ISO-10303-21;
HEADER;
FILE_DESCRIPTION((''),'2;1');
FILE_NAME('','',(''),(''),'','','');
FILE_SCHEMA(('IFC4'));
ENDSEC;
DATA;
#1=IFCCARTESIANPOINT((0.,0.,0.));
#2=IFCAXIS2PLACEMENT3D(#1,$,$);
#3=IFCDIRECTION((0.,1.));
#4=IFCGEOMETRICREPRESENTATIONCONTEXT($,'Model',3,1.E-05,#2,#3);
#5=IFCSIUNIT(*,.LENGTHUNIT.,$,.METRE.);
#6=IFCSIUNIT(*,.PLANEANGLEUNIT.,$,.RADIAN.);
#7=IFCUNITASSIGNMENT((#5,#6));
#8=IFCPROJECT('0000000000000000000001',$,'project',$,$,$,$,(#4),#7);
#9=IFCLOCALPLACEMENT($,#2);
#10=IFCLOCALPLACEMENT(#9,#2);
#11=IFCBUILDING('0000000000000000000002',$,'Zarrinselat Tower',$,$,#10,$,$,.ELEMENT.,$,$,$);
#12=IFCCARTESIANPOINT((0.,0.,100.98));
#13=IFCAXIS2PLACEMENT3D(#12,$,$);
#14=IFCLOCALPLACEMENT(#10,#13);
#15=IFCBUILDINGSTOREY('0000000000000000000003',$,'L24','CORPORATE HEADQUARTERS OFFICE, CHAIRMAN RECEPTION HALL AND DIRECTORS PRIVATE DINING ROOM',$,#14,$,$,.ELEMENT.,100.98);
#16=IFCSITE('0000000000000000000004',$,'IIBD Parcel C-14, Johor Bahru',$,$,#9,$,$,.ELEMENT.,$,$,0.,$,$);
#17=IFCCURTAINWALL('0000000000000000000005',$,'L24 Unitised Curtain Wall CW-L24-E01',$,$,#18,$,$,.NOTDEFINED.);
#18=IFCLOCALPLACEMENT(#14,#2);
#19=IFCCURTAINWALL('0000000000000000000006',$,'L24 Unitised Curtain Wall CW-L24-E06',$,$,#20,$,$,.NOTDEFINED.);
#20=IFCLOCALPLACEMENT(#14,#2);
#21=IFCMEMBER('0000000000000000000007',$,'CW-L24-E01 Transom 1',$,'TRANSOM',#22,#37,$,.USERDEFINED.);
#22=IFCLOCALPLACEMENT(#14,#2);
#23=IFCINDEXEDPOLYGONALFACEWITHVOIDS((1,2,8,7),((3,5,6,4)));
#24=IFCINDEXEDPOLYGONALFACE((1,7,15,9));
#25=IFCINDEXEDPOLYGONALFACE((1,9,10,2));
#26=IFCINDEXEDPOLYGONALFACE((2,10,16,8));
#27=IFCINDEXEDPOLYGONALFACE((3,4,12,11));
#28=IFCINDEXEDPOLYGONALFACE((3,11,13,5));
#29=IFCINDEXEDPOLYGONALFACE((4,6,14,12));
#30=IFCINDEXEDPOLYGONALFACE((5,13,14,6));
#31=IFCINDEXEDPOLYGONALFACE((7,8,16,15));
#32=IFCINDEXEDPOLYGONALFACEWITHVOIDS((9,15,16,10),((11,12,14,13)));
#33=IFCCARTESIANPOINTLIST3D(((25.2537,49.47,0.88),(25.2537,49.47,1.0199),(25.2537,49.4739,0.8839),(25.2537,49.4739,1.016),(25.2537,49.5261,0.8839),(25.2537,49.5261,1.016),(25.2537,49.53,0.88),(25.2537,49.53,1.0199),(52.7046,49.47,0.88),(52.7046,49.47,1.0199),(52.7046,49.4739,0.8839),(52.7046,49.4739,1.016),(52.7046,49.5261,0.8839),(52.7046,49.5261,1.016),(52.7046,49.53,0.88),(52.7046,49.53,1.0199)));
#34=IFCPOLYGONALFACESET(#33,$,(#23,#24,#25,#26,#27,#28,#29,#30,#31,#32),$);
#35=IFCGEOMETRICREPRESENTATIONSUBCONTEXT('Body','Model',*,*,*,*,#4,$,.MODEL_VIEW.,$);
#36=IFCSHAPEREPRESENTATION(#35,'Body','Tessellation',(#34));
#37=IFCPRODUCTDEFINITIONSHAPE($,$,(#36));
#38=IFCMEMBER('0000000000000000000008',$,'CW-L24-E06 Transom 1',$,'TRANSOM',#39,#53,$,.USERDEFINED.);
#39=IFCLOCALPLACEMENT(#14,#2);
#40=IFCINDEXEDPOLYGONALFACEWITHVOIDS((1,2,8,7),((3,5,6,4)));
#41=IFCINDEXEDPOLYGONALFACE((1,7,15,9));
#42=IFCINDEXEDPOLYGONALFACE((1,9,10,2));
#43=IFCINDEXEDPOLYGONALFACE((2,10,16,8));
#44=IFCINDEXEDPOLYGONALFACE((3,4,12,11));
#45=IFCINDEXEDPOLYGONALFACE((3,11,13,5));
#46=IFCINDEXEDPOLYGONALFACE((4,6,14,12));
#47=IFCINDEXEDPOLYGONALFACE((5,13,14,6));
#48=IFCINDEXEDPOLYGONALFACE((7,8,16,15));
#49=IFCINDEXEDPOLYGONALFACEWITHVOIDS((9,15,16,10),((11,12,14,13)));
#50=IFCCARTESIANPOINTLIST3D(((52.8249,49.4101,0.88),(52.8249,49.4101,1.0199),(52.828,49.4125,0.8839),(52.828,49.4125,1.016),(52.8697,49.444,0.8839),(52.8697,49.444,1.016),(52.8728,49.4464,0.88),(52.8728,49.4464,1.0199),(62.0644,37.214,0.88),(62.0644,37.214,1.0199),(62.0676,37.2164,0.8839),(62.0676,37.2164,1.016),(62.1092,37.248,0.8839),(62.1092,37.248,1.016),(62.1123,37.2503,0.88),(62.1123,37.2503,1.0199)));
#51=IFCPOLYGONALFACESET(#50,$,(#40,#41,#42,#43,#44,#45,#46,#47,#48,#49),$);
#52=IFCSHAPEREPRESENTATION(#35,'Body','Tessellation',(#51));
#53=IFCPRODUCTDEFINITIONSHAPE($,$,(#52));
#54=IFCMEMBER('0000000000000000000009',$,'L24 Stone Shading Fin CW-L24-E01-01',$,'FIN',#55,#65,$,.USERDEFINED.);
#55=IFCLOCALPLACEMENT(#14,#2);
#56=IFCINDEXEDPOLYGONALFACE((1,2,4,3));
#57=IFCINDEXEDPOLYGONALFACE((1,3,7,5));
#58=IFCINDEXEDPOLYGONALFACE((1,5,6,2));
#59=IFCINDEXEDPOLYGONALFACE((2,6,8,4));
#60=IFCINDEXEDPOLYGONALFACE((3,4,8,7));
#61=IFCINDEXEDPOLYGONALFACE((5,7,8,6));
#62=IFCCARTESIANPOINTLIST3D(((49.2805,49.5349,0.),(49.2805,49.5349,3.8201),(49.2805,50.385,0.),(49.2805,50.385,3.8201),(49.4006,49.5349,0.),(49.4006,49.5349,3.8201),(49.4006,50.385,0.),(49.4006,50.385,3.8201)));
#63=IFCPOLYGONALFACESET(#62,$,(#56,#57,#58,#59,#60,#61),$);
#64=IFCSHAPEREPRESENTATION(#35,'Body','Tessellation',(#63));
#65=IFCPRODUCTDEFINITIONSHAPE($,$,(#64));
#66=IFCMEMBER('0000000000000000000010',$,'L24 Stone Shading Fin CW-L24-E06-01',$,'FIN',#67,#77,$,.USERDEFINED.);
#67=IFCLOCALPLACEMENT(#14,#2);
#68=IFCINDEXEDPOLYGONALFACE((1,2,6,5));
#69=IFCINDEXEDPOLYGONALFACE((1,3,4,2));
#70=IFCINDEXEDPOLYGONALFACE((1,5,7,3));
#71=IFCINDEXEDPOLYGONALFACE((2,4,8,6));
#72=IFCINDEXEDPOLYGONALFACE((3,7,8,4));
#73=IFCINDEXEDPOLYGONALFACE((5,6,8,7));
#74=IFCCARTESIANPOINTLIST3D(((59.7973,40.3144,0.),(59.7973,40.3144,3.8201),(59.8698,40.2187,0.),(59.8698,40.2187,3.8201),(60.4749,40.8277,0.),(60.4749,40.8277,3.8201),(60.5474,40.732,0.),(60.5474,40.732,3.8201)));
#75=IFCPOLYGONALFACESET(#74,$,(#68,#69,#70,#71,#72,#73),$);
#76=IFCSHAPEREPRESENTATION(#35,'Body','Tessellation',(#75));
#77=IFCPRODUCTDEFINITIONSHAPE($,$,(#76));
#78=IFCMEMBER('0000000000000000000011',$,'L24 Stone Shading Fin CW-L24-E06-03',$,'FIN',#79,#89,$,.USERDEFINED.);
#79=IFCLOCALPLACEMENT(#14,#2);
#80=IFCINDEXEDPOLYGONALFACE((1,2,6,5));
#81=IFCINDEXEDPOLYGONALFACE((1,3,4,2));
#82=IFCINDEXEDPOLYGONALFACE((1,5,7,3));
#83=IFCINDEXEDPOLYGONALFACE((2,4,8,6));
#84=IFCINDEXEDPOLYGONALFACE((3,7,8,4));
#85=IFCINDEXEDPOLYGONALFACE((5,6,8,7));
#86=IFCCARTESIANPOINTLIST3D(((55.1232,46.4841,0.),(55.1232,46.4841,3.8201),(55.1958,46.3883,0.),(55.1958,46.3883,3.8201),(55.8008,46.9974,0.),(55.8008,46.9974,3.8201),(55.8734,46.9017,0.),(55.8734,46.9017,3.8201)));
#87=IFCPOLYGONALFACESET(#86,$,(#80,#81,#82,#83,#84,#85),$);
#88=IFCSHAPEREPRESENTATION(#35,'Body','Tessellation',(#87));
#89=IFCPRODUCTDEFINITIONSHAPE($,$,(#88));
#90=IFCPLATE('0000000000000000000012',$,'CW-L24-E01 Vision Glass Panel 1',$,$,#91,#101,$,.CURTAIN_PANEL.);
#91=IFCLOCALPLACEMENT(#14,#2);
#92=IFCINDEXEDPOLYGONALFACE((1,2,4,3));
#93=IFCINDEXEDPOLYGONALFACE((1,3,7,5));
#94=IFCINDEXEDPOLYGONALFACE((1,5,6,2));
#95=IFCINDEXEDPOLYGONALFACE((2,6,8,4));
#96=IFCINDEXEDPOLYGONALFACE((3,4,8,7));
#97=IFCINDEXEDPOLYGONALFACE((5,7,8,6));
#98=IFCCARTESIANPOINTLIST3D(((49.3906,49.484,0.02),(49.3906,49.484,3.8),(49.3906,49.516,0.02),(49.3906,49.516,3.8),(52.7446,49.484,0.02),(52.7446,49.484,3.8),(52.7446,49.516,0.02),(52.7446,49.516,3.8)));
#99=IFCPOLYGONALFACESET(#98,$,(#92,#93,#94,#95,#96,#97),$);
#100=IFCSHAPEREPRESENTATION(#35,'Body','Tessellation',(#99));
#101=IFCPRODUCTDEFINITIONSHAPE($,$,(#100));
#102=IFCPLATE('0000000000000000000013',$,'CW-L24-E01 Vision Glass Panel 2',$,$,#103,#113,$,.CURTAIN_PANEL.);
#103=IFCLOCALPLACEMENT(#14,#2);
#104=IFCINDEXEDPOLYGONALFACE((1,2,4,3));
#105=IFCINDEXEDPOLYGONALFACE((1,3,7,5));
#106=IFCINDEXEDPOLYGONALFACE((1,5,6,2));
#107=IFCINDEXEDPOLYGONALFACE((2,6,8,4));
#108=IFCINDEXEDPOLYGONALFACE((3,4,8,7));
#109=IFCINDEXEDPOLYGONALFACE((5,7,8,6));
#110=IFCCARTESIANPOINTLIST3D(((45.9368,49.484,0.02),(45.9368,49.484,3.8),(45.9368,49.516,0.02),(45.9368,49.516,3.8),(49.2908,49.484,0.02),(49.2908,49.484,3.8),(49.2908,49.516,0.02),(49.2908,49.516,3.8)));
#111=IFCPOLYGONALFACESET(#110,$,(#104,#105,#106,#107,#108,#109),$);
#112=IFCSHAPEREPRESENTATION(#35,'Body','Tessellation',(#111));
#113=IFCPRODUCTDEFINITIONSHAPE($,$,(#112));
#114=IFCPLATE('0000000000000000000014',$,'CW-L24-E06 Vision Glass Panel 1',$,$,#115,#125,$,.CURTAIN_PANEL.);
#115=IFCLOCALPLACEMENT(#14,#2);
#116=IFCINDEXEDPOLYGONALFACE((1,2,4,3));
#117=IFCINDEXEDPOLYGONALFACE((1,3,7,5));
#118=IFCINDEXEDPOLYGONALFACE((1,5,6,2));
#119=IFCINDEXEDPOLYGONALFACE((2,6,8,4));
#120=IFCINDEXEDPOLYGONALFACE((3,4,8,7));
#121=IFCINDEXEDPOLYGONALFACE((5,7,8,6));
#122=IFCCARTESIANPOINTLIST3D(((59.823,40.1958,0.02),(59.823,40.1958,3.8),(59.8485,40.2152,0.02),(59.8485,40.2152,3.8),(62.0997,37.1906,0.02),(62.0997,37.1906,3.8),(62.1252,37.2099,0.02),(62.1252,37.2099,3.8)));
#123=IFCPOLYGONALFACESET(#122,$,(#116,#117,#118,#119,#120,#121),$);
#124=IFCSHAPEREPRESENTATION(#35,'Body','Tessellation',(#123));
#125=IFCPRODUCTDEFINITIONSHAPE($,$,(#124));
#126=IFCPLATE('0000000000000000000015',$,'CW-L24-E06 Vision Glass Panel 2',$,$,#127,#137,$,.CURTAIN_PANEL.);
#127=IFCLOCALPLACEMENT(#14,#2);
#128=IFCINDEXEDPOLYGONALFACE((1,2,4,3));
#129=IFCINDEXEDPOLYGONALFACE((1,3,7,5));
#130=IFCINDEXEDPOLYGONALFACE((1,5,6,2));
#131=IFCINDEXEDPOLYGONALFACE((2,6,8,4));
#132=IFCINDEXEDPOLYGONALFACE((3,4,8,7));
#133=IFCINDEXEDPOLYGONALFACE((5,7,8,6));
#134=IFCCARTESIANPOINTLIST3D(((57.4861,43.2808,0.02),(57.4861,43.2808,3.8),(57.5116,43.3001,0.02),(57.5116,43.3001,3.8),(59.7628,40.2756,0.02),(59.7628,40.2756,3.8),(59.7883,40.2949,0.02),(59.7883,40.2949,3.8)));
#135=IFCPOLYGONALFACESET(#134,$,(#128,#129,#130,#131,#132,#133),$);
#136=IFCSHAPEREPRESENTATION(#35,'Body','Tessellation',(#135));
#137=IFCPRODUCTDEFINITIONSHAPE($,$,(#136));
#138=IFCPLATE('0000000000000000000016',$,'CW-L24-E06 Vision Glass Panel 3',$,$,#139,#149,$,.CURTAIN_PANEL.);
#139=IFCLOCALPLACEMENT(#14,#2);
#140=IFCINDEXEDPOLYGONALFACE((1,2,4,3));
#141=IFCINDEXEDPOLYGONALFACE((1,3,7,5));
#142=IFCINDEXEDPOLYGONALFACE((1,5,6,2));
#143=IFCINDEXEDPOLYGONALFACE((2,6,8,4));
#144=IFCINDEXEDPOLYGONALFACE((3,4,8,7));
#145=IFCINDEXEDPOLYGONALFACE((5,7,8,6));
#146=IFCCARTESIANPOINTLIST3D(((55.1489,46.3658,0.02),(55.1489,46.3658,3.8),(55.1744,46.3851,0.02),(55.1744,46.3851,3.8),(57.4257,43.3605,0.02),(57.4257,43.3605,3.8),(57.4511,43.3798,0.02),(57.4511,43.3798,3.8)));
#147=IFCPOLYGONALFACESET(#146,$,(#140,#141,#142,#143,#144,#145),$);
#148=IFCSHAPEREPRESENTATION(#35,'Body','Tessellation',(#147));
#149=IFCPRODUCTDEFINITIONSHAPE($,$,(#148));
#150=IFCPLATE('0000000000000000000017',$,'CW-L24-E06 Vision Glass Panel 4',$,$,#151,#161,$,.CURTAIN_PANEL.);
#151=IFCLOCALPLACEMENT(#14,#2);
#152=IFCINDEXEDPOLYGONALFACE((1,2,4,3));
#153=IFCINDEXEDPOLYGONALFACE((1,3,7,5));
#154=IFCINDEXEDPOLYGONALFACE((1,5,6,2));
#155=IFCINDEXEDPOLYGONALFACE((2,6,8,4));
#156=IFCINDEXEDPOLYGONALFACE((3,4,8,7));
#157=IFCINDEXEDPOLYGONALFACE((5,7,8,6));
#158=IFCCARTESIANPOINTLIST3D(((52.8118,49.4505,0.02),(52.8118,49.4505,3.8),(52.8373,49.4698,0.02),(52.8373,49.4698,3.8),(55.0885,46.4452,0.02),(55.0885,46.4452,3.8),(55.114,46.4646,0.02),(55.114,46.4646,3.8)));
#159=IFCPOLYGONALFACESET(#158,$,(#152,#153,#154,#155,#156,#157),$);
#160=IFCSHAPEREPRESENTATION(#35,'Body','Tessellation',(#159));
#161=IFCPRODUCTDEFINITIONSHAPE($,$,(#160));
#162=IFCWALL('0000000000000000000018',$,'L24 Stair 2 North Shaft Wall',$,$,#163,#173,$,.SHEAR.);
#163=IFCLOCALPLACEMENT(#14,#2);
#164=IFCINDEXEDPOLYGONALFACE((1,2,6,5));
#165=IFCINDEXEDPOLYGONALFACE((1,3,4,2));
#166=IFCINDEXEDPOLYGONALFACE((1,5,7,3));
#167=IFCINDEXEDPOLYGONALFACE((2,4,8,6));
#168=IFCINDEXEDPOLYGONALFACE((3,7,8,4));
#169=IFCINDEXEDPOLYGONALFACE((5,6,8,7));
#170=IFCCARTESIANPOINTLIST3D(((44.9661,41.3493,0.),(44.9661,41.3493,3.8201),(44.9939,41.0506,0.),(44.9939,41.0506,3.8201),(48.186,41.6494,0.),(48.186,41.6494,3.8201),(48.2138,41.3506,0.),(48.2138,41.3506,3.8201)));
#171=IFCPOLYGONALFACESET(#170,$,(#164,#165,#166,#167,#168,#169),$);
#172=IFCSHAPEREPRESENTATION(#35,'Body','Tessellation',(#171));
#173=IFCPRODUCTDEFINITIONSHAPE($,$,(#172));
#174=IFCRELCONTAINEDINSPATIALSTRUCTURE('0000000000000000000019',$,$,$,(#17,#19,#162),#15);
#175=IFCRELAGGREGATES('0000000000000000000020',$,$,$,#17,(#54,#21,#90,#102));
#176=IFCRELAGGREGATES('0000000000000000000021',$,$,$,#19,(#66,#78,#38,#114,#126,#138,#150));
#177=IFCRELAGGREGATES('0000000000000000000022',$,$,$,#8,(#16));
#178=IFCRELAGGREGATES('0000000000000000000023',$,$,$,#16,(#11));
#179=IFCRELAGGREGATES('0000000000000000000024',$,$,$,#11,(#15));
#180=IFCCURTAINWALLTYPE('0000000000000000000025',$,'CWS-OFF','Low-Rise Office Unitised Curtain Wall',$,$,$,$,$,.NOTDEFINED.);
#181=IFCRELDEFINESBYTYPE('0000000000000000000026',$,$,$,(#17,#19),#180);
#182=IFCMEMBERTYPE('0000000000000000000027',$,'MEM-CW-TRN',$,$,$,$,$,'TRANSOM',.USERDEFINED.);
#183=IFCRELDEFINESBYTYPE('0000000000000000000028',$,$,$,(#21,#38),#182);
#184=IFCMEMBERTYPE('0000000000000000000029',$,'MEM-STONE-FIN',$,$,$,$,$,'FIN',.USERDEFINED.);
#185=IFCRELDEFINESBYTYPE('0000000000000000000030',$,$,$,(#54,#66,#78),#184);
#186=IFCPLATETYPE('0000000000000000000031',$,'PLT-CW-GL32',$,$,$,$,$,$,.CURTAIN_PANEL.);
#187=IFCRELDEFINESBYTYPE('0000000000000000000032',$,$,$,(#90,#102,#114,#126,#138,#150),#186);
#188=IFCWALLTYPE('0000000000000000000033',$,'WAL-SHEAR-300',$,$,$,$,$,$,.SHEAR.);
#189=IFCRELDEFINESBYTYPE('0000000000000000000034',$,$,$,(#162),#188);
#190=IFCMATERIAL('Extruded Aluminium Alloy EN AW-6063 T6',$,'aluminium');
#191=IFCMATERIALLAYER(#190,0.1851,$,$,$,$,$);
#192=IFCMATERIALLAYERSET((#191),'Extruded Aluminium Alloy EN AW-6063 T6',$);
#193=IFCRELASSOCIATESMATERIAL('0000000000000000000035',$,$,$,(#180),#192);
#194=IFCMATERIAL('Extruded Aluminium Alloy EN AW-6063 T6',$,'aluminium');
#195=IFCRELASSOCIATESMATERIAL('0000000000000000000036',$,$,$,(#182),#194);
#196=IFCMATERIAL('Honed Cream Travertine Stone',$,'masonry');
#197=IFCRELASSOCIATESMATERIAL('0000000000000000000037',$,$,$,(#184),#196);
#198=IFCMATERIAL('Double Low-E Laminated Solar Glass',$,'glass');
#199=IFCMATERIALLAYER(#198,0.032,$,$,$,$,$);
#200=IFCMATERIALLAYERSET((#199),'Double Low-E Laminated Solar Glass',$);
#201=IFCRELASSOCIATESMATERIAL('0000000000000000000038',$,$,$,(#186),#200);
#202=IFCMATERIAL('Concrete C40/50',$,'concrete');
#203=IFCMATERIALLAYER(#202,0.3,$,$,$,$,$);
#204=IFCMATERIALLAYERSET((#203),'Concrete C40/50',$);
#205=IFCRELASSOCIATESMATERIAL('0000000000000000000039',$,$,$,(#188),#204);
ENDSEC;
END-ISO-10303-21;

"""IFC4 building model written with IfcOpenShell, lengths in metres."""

from ifc_helpers import new_model, si_unit, direction, frame, frame_2d, origin, origin_2d, place, context, subcontext, project, spatial, rectangle, hollow_rectangle, extrude, material, layer, layer_set, material_profile, profile_set, type_object, element, aggregate, save


model = new_model("IFC4")

# Units and contexts
model_context = context("Model", 3, precision=1e-05, world=origin(), true_north=direction((0.0, 1.0)))
body_context = subcontext(model_context, "Body", "Model", "MODEL_VIEW")
ifc_project = project(units=[si_unit("LENGTHUNIT", "METRE"), si_unit("PLANEANGLEUNIT", "RADIAN")], contexts=[model_context])

# Site, building, storey
site_placement = place(None, origin())
site = spatial("IfcSite", under=ifc_project, at=site_placement, Name="IIBD Parcel C-14, Johor Bahru", CompositionType="ELEMENT", RefElevation=0.0)
building_placement = place(site_placement, origin())
building = spatial("IfcBuilding", under=site, at=building_placement, Name="Zarrinselat Tower", CompositionType="ELEMENT")
storey_placement = place(building_placement, frame((0.0, 0.0, 100.98)))
storey = spatial("IfcBuildingStorey", under=building, at=storey_placement, Name="L24", Description="CORPORATE HEADQUARTERS OFFICE, CHAIRMAN RECEPTION HALL AND DIRECTORS PRIVATE DINING ROOM", CompositionType="ELEMENT", Elevation=100.98)

# Curtain wall
ifc_material_1 = material(Name="Extruded Aluminium Alloy EN AW-6063 T6", Category="aluminium")
ifc_layer_1 = layer(ifc_material_1, 0.1851)
ifc_layer_set_1 = layer_set([ifc_layer_1], Name="Extruded Aluminium Alloy EN AW-6063 T6")
curtain_wall_type = type_object("IfcCurtainWallType", Name="CWS-OFF", Description="Low-Rise Office Unitised Curtain Wall", PredefinedType="NOTDEFINED", material=ifc_layer_set_1)
curtain_wall_1_placement = place(storey_placement, origin())
curtain_wall_1 = element("IfcCurtainWall", 1, at=curtain_wall_1_placement, inside=storey, type_object=curtain_wall_type, Name="L24 Unitised Curtain Wall CW-L24-E01", PredefinedType="NOTDEFINED")

# Curtain wall
curtain_wall_2_placement = place(storey_placement, origin())
curtain_wall_2 = element("IfcCurtainWall", 2, at=curtain_wall_2_placement, inside=storey, type_object=curtain_wall_type, Name="L24 Unitised Curtain Wall CW-L24-E06", PredefinedType="NOTDEFINED")

# Members
ifc_material_2 = material(Name="Extruded Aluminium Alloy EN AW-6063 T6", Category="aluminium")
ifc_material_profile_1 = material_profile(ifc_material_2, hollow_rectangle(XDim=0.0601, YDim=0.1399, WallThickness=0.0039, at=origin_2d()), Name="RHS 140x60x4")
ifc_profile_set_1 = profile_set([ifc_material_profile_1], Name="Extruded Aluminium Alloy EN AW-6063 T6")
member_type_1 = type_object("IfcMemberType", Name="MEM-CW-TRN", ElementType="TRANSOM", PredefinedType="USERDEFINED", material=ifc_profile_set_1)
member_1_placement = place(storey_placement, frame((52.7046, 49.5, 0.95), z_axis=(-1.0, 0.0, 0.0), x_axis=(0.0, -1.0, 0.0)))
member_1 = element("IfcMember", 3, at=member_1_placement, type_object=member_type_1, Name="CW-L24-E01 Transom 1", ObjectType="TRANSOM", PredefinedType="USERDEFINED", context=body_context, shape_type="SweptSolid", body=[
    extrude(hollow_rectangle(XDim=0.0601, YDim=0.1399, WallThickness=0.0039, at=origin_2d()), origin(), (0.0, 0.0, 1.0), 27.4509),
])
member_2_placement = place(storey_placement, frame((62.0884, 37.2322, 0.95), z_axis=(-0.603861, 0.79709, 0.0), x_axis=(-0.79709, -0.603861, 0.0)))
member_2 = element("IfcMember", 4, at=member_2_placement, type_object=member_type_1, Name="CW-L24-E06 Transom 1", ObjectType="TRANSOM", PredefinedType="USERDEFINED", context=body_context, shape_type="SweptSolid", body=[
    extrude(hollow_rectangle(XDim=0.0601, YDim=0.1399, WallThickness=0.0039, at=origin_2d()), origin(), (0.0, 0.0, 1.0), 15.3008),
])
ifc_material_3 = material(Name="Honed Cream Travertine Stone", Category="masonry")
ifc_material_profile_2 = material_profile(ifc_material_3, rectangle(XDim=0.1201, YDim=0.8501, at=origin_2d()), Name="FIN 850x120")
ifc_profile_set_2 = profile_set([ifc_material_profile_2], Name="Honed Cream Travertine Stone")
member_type_2 = type_object("IfcMemberType", Name="MEM-STONE-FIN", ElementType="FIN", PredefinedType="USERDEFINED", material=ifc_profile_set_2)
member_3_placement = place(storey_placement, frame((49.3406, 49.96, 0.0), z_axis=(0.0, 0.0, 1.0), x_axis=(1.0, 0.0, 0.0)))
member_3 = element("IfcMember", 5, at=member_3_placement, type_object=member_type_2, Name="L24 Stone Shading Fin CW-L24-E01-01", ObjectType="FIN", PredefinedType="USERDEFINED", context=body_context, shape_type="SweptSolid", body=[
    extrude(rectangle(XDim=0.1201, YDim=0.8501, at=origin_2d()), origin(), (0.0, 0.0, 1.0), 3.8201),
])
member_4_placement = place(storey_placement, frame((60.1724, 40.5232, 0.0), z_axis=(0.0, 0.0, 1.0), x_axis=(0.603858, -0.797092, 0.0)))
member_4 = element("IfcMember", 6, at=member_4_placement, type_object=member_type_2, Name="L24 Stone Shading Fin CW-L24-E06-01", ObjectType="FIN", PredefinedType="USERDEFINED", context=body_context, shape_type="SweptSolid", body=[
    extrude(rectangle(XDim=0.1201, YDim=0.8501, at=origin_2d()), origin(), (0.0, 0.0, 1.0), 3.8201),
])
member_5_placement = place(storey_placement, frame((55.4983, 46.6929, 0.0), z_axis=(0.0, 0.0, 1.0), x_axis=(0.603858, -0.797092, 0.0)))
member_5 = element("IfcMember", 7, at=member_5_placement, type_object=member_type_2, Name="L24 Stone Shading Fin CW-L24-E06-03", ObjectType="FIN", PredefinedType="USERDEFINED", context=body_context, shape_type="SweptSolid", body=[
    extrude(rectangle(XDim=0.1201, YDim=0.8501, at=origin_2d()), origin(), (0.0, 0.0, 1.0), 3.8201),
])

# Plates
ifc_material_4 = material(Name="Double Low-E Laminated Solar Glass", Category="glass")
ifc_layer_2 = layer(ifc_material_4, 0.032)
ifc_layer_set_2 = layer_set([ifc_layer_2], Name="Double Low-E Laminated Solar Glass")
plate_type = type_object("IfcPlateType", Name="PLT-CW-GL32", PredefinedType="CURTAIN_PANEL", material=ifc_layer_set_2)
plate_1_placement = place(storey_placement, frame((51.0676, 49.5, 0.02), z_axis=(0.0, 0.0, 1.0), x_axis=(-1.0, 0.0, 0.0)))
plate_1 = element("IfcPlate", 8, at=plate_1_placement, type_object=plate_type, Name="CW-L24-E01 Vision Glass Panel 1", PredefinedType="CURTAIN_PANEL", context=body_context, shape_type="SweptSolid", body=[
    extrude(rectangle(XDim=3.354, YDim=0.032, at=origin_2d()), origin(), (0.0, 0.0, 1.0), 3.78),
])
plate_2_placement = place(storey_placement, frame((47.6138, 49.5, 0.02), z_axis=(0.0, 0.0, 1.0), x_axis=(-1.0, 0.0, 0.0)))
plate_2 = element("IfcPlate", 9, at=plate_2_placement, type_object=plate_type, Name="CW-L24-E01 Vision Glass Panel 2", PredefinedType="CURTAIN_PANEL", context=body_context, shape_type="SweptSolid", body=[
    extrude(rectangle(XDim=3.354, YDim=0.032, at=origin_2d()), origin(), (0.0, 0.0, 1.0), 3.78),
])
aggregate(curtain_wall_1, [member_3, member_1, plate_1, plate_2])
plate_3_placement = place(storey_placement, frame((60.9741, 38.7029, 0.02), z_axis=(0.0, 0.0, 1.0), x_axis=(-0.603858, 0.797092, 0.0)))
plate_3 = element("IfcPlate", 10, at=plate_3_placement, type_object=plate_type, Name="CW-L24-E06 Vision Glass Panel 1", PredefinedType="CURTAIN_PANEL", context=body_context, shape_type="SweptSolid", body=[
    extrude(rectangle(XDim=3.7703, YDim=0.032, at=origin_2d()), origin(), (0.0, 0.0, 1.0), 3.78),
])
plate_4_placement = place(storey_placement, frame((58.6372, 41.7878, 0.02), z_axis=(0.0, 0.0, 1.0), x_axis=(-0.603858, 0.797092, 0.0)))
plate_4 = element("IfcPlate", 11, at=plate_4_placement, type_object=plate_type, Name="CW-L24-E06 Vision Glass Panel 2", PredefinedType="CURTAIN_PANEL", context=body_context, shape_type="SweptSolid", body=[
    extrude(rectangle(XDim=3.7703, YDim=0.032, at=origin_2d()), origin(), (0.0, 0.0, 1.0), 3.78),
])
plate_5_placement = place(storey_placement, frame((56.3, 44.8728, 0.02), z_axis=(0.0, 0.0, 1.0), x_axis=(-0.603858, 0.797092, 0.0)))
plate_5 = element("IfcPlate", 12, at=plate_5_placement, type_object=plate_type, Name="CW-L24-E06 Vision Glass Panel 3", PredefinedType="CURTAIN_PANEL", context=body_context, shape_type="SweptSolid", body=[
    extrude(rectangle(XDim=3.7703, YDim=0.032, at=origin_2d()), origin(), (0.0, 0.0, 1.0), 3.78),
])
plate_6_placement = place(storey_placement, frame((53.9629, 47.9575, 0.02), z_axis=(0.0, 0.0, 1.0), x_axis=(-0.603858, 0.797092, 0.0)))
plate_6 = element("IfcPlate", 13, at=plate_6_placement, type_object=plate_type, Name="CW-L24-E06 Vision Glass Panel 4", PredefinedType="CURTAIN_PANEL", context=body_context, shape_type="SweptSolid", body=[
    extrude(rectangle(XDim=3.7703, YDim=0.032, at=origin_2d()), origin(), (0.0, 0.0, 1.0), 3.78),
])
aggregate(curtain_wall_2, [member_4, member_5, member_2, plate_3, plate_4, plate_5, plate_6])

# Wall
ifc_material_5 = material(Name="Concrete C40/50", Category="concrete")
ifc_layer_3 = layer(ifc_material_5, 0.3)
ifc_layer_set_3 = layer_set([ifc_layer_3], Name="Concrete C40/50")
wall_type = type_object("IfcWallType", Name="WAL-SHEAR-300", PredefinedType="SHEAR", material=ifc_layer_set_3)
wall_placement = place(storey_placement, frame((44.98, 41.2, 0.0), z_axis=(0.0, 0.0, 1.0), x_axis=(0.995686, 0.092782, 0.0)))
element("IfcWall", 14, at=wall_placement, inside=storey, type_object=wall_type, Name="L24 Stair 2 North Shaft Wall", PredefinedType="SHEAR", context=body_context, shape_type="SweptSolid", body=[
    extrude(rectangle(XDim=3.2339, YDim=0.3, at=frame_2d((1.6169, 0.0))), origin(), (0.0, 0.0, 1.0), 3.8201),
])

save(model, "model.ifc")
